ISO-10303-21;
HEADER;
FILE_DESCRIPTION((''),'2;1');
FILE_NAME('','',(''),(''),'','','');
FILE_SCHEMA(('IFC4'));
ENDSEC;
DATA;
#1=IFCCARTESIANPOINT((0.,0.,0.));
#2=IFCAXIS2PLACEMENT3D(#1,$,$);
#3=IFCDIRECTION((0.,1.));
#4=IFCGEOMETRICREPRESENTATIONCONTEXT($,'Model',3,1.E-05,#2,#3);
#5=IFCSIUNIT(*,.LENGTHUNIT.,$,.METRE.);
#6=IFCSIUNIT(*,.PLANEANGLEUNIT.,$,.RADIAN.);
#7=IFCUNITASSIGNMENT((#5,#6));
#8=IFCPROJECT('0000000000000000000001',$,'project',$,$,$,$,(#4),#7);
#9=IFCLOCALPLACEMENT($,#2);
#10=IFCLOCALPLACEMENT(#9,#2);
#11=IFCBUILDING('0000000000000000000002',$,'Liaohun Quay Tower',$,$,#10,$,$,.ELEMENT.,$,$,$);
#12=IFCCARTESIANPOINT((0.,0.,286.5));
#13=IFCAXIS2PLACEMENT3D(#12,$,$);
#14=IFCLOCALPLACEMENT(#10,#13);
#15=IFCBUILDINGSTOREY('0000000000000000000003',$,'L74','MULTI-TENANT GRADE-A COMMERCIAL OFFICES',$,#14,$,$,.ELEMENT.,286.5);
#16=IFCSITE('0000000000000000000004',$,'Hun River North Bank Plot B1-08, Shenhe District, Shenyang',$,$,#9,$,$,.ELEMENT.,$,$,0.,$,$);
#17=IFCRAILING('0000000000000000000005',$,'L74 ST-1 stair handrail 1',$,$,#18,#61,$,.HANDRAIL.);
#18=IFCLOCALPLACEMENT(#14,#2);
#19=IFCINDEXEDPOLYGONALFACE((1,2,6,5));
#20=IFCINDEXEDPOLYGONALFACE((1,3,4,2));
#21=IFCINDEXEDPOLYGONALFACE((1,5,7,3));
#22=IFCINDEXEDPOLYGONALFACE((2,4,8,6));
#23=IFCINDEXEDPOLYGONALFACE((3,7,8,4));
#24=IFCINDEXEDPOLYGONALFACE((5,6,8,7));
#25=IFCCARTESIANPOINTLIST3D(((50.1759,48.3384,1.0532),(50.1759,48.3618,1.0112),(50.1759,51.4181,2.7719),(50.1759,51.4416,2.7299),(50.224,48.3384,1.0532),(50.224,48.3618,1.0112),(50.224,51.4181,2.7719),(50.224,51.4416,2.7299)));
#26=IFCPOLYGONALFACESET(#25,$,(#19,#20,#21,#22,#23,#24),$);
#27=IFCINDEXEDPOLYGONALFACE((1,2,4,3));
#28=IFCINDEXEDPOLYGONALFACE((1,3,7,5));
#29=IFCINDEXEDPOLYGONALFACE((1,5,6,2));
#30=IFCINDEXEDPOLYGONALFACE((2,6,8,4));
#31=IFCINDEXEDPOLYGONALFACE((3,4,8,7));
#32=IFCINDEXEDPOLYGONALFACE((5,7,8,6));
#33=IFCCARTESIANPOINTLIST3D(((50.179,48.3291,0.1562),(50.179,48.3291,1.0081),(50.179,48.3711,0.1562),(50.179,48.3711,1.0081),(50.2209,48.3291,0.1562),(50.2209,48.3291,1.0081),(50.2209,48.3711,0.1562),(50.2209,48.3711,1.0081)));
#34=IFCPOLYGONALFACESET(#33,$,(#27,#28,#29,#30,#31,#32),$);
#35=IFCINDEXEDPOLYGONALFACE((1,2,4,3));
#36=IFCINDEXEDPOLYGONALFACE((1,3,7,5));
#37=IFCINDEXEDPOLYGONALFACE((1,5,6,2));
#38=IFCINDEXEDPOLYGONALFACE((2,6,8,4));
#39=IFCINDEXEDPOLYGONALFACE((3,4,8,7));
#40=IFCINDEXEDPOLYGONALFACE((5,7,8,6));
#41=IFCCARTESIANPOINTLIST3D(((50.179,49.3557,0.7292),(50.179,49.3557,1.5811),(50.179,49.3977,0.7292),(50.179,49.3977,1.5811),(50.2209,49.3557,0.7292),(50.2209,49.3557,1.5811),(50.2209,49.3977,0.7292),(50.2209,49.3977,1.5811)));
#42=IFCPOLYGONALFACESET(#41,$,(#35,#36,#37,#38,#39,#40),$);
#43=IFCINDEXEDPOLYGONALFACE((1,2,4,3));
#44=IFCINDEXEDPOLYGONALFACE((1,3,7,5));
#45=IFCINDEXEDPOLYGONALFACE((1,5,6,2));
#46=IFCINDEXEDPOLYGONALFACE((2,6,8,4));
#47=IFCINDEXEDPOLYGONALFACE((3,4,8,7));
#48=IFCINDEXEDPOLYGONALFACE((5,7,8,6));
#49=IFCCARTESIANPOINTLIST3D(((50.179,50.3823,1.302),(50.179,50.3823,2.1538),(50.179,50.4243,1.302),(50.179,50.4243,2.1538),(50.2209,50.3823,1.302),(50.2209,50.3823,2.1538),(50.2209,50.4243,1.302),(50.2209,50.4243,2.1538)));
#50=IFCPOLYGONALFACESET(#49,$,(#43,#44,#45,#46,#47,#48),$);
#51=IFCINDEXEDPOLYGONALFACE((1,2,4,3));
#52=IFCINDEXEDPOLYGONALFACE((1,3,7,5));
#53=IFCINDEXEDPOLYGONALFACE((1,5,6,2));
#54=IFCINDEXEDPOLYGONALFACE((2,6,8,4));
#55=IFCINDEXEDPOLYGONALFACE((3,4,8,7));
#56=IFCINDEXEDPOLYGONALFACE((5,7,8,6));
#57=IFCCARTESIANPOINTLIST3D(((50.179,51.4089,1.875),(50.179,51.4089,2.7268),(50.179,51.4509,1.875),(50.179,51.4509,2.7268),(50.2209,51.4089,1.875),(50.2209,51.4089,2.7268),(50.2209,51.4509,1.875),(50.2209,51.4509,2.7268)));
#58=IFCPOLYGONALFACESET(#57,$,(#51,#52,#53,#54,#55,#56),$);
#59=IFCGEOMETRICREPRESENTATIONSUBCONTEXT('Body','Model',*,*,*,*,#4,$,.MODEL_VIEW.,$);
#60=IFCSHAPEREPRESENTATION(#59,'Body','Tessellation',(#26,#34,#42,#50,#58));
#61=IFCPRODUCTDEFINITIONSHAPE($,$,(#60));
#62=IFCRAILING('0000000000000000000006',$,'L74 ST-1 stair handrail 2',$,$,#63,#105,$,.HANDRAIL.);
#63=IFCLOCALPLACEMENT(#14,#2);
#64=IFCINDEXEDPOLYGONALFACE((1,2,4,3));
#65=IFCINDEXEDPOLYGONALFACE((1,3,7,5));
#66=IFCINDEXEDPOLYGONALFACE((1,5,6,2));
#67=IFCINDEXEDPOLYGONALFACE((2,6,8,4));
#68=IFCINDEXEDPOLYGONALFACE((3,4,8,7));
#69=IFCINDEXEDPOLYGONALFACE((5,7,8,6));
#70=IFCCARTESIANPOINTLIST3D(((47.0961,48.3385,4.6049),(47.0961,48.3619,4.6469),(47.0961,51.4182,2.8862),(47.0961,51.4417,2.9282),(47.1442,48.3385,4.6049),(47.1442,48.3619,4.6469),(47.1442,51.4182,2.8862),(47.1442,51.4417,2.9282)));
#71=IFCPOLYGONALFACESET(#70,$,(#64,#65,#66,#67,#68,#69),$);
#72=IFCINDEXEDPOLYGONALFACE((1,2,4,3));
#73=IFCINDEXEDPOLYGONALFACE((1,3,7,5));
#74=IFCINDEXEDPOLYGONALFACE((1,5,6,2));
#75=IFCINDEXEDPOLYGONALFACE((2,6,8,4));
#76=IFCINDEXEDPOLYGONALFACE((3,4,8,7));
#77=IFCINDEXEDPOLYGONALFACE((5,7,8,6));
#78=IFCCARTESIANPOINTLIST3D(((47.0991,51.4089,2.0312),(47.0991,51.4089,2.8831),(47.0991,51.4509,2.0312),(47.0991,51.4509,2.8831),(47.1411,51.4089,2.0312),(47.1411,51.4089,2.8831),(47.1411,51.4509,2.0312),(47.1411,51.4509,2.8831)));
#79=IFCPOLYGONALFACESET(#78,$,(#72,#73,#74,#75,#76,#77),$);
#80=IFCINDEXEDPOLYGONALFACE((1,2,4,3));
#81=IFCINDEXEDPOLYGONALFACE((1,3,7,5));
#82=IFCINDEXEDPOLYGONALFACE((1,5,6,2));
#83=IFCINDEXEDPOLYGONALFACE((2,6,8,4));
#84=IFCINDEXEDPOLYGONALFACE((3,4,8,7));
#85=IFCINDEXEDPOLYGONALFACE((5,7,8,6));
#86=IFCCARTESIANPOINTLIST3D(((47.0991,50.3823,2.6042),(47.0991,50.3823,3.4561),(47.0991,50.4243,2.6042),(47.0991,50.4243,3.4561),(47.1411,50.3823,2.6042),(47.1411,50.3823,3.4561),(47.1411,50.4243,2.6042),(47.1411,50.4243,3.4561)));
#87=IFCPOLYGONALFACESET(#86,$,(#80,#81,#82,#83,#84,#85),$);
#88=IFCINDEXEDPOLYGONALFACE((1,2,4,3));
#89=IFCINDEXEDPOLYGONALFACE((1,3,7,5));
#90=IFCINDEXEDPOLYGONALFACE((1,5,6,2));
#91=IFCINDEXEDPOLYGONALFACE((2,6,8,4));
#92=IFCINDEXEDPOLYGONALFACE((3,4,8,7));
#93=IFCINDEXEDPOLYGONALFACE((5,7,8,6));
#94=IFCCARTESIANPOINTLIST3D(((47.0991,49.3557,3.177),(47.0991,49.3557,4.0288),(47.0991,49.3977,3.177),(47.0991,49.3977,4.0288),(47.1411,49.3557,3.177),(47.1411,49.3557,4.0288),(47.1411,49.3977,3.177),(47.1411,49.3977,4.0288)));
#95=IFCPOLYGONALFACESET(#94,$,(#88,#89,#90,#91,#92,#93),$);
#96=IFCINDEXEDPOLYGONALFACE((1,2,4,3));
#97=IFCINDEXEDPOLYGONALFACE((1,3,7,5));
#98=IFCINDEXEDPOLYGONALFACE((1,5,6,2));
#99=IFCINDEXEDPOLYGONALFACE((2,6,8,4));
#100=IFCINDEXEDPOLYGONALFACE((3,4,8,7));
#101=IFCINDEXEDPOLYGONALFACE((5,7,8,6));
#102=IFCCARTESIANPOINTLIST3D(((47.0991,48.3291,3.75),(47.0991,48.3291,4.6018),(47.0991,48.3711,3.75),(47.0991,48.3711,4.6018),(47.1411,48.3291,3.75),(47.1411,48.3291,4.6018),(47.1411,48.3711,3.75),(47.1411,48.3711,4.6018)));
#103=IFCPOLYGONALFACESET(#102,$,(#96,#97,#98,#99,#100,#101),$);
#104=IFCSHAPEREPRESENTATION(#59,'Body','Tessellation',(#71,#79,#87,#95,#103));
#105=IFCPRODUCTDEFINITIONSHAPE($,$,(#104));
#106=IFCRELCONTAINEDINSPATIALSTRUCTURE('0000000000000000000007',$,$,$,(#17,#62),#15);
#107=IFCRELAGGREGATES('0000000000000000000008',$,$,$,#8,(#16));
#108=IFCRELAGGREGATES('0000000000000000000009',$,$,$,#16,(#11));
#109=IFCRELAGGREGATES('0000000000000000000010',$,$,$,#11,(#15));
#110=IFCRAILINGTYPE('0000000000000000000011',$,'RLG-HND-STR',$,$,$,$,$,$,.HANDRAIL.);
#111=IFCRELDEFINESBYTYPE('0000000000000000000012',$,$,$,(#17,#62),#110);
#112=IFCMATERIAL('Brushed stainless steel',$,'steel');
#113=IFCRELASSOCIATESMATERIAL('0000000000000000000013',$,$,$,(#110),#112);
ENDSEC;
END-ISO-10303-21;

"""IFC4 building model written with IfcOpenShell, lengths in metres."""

from ifc_helpers import new_model, si_unit, direction, frame, origin, origin_2d, place, context, subcontext, project, spatial, rectangle, extrude, material, type_object, element, save


model = new_model("IFC4")

# Units and contexts
model_context = context("Model", 3, precision=1e-05, world=origin(), true_north=direction((0.0, 1.0)))
body_context = subcontext(model_context, "Body", "Model", "MODEL_VIEW")
ifc_project = project(units=[si_unit("LENGTHUNIT", "METRE"), si_unit("PLANEANGLEUNIT", "RADIAN")], contexts=[model_context])

# Site, building, storey
site_placement = place(None, origin())
site = spatial("IfcSite", under=ifc_project, at=site_placement, Name="Hun River North Bank Plot B1-08, Shenhe District, Shenyang", CompositionType="ELEMENT", RefElevation=0.0)
building_placement = place(site_placement, origin())
building = spatial("IfcBuilding", under=site, at=building_placement, Name="Liaohun Quay Tower", CompositionType="ELEMENT")
storey_placement = place(building_placement, frame((0.0, 0.0, 286.5)))
storey = spatial("IfcBuildingStorey", under=building, at=storey_placement, Name="L74", Description="MULTI-TENANT GRADE-A COMMERCIAL OFFICES", CompositionType="ELEMENT", Elevation=286.5)

# Railings
ifc_material_1 = material(Name="Brushed stainless steel", Category="steel")
railing_type_1 = type_object("IfcRailingType", Name="RLG-HND-STR", PredefinedType="HANDRAIL", material=ifc_material_1)
railing_1_placement = place(storey_placement, frame((50.2, 48.3501, 0.1562)))
element("IfcRailing", 1, at=railing_1_placement, inside=storey, type_object=railing_type_1, Name="L74 ST-1 stair handrail 1", PredefinedType="HANDRAIL", context=body_context, shape_type="SweptSolid", body=[
    extrude(rectangle(XDim=0.0481, YDim=0.0481, at=origin_2d()), frame((0.0, 0.0, 0.876), z_axis=(0.0, 0.873225, 0.487317), x_axis=(-1.0, 0.0, 0.0)), (0.0, 0.0, 1.0), 3.5269),
    extrude(rectangle(XDim=0.042, YDim=0.042, at=origin_2d()), origin(), (0.0, 0.0, 1.0), 0.8518),
    extrude(rectangle(XDim=0.042, YDim=0.042, at=origin_2d()), frame((0.0, 1.0266, 0.573)), (0.0, 0.0, 1.0), 0.8518),
    extrude(rectangle(XDim=0.042, YDim=0.042, at=origin_2d()), frame((0.0, 2.0532, 1.1458)), (0.0, 0.0, 1.0), 0.8518),
    extrude(rectangle(XDim=0.042, YDim=0.042, at=origin_2d()), frame((0.0, 3.0798, 1.7188)), (0.0, 0.0, 1.0), 0.8518),
])
railing_2_placement = place(storey_placement, frame((47.1201, 51.4299, 2.0312)))
element("IfcRailing", 2, at=railing_2_placement, inside=storey, type_object=railing_type_1, Name="L74 ST-1 stair handrail 2", PredefinedType="HANDRAIL", context=body_context, shape_type="SweptSolid", body=[
    extrude(rectangle(XDim=0.0481, YDim=0.0481, at=origin_2d()), frame((0.0, 0.0, 0.876), z_axis=(0.0, -0.873225, 0.487317), x_axis=(1.0, 0.0, 0.0)), (0.0, 0.0, 1.0), 3.5269),
    extrude(rectangle(XDim=0.042, YDim=0.042, at=origin_2d()), origin(), (0.0, 0.0, 1.0), 0.8518),
    extrude(rectangle(XDim=0.042, YDim=0.042, at=origin_2d()), frame((0.0, -1.0266, 0.573)), (0.0, 0.0, 1.0), 0.8518),
    extrude(rectangle(XDim=0.042, YDim=0.042, at=origin_2d()), frame((0.0, -2.0532, 1.1458)), (0.0, 0.0, 1.0), 0.8518),
    extrude(rectangle(XDim=0.042, YDim=0.042, at=origin_2d()), frame((0.0, -3.0798, 1.7188)), (0.0, 0.0, 1.0), 0.8518),
])

save(model, "model.ifc")
